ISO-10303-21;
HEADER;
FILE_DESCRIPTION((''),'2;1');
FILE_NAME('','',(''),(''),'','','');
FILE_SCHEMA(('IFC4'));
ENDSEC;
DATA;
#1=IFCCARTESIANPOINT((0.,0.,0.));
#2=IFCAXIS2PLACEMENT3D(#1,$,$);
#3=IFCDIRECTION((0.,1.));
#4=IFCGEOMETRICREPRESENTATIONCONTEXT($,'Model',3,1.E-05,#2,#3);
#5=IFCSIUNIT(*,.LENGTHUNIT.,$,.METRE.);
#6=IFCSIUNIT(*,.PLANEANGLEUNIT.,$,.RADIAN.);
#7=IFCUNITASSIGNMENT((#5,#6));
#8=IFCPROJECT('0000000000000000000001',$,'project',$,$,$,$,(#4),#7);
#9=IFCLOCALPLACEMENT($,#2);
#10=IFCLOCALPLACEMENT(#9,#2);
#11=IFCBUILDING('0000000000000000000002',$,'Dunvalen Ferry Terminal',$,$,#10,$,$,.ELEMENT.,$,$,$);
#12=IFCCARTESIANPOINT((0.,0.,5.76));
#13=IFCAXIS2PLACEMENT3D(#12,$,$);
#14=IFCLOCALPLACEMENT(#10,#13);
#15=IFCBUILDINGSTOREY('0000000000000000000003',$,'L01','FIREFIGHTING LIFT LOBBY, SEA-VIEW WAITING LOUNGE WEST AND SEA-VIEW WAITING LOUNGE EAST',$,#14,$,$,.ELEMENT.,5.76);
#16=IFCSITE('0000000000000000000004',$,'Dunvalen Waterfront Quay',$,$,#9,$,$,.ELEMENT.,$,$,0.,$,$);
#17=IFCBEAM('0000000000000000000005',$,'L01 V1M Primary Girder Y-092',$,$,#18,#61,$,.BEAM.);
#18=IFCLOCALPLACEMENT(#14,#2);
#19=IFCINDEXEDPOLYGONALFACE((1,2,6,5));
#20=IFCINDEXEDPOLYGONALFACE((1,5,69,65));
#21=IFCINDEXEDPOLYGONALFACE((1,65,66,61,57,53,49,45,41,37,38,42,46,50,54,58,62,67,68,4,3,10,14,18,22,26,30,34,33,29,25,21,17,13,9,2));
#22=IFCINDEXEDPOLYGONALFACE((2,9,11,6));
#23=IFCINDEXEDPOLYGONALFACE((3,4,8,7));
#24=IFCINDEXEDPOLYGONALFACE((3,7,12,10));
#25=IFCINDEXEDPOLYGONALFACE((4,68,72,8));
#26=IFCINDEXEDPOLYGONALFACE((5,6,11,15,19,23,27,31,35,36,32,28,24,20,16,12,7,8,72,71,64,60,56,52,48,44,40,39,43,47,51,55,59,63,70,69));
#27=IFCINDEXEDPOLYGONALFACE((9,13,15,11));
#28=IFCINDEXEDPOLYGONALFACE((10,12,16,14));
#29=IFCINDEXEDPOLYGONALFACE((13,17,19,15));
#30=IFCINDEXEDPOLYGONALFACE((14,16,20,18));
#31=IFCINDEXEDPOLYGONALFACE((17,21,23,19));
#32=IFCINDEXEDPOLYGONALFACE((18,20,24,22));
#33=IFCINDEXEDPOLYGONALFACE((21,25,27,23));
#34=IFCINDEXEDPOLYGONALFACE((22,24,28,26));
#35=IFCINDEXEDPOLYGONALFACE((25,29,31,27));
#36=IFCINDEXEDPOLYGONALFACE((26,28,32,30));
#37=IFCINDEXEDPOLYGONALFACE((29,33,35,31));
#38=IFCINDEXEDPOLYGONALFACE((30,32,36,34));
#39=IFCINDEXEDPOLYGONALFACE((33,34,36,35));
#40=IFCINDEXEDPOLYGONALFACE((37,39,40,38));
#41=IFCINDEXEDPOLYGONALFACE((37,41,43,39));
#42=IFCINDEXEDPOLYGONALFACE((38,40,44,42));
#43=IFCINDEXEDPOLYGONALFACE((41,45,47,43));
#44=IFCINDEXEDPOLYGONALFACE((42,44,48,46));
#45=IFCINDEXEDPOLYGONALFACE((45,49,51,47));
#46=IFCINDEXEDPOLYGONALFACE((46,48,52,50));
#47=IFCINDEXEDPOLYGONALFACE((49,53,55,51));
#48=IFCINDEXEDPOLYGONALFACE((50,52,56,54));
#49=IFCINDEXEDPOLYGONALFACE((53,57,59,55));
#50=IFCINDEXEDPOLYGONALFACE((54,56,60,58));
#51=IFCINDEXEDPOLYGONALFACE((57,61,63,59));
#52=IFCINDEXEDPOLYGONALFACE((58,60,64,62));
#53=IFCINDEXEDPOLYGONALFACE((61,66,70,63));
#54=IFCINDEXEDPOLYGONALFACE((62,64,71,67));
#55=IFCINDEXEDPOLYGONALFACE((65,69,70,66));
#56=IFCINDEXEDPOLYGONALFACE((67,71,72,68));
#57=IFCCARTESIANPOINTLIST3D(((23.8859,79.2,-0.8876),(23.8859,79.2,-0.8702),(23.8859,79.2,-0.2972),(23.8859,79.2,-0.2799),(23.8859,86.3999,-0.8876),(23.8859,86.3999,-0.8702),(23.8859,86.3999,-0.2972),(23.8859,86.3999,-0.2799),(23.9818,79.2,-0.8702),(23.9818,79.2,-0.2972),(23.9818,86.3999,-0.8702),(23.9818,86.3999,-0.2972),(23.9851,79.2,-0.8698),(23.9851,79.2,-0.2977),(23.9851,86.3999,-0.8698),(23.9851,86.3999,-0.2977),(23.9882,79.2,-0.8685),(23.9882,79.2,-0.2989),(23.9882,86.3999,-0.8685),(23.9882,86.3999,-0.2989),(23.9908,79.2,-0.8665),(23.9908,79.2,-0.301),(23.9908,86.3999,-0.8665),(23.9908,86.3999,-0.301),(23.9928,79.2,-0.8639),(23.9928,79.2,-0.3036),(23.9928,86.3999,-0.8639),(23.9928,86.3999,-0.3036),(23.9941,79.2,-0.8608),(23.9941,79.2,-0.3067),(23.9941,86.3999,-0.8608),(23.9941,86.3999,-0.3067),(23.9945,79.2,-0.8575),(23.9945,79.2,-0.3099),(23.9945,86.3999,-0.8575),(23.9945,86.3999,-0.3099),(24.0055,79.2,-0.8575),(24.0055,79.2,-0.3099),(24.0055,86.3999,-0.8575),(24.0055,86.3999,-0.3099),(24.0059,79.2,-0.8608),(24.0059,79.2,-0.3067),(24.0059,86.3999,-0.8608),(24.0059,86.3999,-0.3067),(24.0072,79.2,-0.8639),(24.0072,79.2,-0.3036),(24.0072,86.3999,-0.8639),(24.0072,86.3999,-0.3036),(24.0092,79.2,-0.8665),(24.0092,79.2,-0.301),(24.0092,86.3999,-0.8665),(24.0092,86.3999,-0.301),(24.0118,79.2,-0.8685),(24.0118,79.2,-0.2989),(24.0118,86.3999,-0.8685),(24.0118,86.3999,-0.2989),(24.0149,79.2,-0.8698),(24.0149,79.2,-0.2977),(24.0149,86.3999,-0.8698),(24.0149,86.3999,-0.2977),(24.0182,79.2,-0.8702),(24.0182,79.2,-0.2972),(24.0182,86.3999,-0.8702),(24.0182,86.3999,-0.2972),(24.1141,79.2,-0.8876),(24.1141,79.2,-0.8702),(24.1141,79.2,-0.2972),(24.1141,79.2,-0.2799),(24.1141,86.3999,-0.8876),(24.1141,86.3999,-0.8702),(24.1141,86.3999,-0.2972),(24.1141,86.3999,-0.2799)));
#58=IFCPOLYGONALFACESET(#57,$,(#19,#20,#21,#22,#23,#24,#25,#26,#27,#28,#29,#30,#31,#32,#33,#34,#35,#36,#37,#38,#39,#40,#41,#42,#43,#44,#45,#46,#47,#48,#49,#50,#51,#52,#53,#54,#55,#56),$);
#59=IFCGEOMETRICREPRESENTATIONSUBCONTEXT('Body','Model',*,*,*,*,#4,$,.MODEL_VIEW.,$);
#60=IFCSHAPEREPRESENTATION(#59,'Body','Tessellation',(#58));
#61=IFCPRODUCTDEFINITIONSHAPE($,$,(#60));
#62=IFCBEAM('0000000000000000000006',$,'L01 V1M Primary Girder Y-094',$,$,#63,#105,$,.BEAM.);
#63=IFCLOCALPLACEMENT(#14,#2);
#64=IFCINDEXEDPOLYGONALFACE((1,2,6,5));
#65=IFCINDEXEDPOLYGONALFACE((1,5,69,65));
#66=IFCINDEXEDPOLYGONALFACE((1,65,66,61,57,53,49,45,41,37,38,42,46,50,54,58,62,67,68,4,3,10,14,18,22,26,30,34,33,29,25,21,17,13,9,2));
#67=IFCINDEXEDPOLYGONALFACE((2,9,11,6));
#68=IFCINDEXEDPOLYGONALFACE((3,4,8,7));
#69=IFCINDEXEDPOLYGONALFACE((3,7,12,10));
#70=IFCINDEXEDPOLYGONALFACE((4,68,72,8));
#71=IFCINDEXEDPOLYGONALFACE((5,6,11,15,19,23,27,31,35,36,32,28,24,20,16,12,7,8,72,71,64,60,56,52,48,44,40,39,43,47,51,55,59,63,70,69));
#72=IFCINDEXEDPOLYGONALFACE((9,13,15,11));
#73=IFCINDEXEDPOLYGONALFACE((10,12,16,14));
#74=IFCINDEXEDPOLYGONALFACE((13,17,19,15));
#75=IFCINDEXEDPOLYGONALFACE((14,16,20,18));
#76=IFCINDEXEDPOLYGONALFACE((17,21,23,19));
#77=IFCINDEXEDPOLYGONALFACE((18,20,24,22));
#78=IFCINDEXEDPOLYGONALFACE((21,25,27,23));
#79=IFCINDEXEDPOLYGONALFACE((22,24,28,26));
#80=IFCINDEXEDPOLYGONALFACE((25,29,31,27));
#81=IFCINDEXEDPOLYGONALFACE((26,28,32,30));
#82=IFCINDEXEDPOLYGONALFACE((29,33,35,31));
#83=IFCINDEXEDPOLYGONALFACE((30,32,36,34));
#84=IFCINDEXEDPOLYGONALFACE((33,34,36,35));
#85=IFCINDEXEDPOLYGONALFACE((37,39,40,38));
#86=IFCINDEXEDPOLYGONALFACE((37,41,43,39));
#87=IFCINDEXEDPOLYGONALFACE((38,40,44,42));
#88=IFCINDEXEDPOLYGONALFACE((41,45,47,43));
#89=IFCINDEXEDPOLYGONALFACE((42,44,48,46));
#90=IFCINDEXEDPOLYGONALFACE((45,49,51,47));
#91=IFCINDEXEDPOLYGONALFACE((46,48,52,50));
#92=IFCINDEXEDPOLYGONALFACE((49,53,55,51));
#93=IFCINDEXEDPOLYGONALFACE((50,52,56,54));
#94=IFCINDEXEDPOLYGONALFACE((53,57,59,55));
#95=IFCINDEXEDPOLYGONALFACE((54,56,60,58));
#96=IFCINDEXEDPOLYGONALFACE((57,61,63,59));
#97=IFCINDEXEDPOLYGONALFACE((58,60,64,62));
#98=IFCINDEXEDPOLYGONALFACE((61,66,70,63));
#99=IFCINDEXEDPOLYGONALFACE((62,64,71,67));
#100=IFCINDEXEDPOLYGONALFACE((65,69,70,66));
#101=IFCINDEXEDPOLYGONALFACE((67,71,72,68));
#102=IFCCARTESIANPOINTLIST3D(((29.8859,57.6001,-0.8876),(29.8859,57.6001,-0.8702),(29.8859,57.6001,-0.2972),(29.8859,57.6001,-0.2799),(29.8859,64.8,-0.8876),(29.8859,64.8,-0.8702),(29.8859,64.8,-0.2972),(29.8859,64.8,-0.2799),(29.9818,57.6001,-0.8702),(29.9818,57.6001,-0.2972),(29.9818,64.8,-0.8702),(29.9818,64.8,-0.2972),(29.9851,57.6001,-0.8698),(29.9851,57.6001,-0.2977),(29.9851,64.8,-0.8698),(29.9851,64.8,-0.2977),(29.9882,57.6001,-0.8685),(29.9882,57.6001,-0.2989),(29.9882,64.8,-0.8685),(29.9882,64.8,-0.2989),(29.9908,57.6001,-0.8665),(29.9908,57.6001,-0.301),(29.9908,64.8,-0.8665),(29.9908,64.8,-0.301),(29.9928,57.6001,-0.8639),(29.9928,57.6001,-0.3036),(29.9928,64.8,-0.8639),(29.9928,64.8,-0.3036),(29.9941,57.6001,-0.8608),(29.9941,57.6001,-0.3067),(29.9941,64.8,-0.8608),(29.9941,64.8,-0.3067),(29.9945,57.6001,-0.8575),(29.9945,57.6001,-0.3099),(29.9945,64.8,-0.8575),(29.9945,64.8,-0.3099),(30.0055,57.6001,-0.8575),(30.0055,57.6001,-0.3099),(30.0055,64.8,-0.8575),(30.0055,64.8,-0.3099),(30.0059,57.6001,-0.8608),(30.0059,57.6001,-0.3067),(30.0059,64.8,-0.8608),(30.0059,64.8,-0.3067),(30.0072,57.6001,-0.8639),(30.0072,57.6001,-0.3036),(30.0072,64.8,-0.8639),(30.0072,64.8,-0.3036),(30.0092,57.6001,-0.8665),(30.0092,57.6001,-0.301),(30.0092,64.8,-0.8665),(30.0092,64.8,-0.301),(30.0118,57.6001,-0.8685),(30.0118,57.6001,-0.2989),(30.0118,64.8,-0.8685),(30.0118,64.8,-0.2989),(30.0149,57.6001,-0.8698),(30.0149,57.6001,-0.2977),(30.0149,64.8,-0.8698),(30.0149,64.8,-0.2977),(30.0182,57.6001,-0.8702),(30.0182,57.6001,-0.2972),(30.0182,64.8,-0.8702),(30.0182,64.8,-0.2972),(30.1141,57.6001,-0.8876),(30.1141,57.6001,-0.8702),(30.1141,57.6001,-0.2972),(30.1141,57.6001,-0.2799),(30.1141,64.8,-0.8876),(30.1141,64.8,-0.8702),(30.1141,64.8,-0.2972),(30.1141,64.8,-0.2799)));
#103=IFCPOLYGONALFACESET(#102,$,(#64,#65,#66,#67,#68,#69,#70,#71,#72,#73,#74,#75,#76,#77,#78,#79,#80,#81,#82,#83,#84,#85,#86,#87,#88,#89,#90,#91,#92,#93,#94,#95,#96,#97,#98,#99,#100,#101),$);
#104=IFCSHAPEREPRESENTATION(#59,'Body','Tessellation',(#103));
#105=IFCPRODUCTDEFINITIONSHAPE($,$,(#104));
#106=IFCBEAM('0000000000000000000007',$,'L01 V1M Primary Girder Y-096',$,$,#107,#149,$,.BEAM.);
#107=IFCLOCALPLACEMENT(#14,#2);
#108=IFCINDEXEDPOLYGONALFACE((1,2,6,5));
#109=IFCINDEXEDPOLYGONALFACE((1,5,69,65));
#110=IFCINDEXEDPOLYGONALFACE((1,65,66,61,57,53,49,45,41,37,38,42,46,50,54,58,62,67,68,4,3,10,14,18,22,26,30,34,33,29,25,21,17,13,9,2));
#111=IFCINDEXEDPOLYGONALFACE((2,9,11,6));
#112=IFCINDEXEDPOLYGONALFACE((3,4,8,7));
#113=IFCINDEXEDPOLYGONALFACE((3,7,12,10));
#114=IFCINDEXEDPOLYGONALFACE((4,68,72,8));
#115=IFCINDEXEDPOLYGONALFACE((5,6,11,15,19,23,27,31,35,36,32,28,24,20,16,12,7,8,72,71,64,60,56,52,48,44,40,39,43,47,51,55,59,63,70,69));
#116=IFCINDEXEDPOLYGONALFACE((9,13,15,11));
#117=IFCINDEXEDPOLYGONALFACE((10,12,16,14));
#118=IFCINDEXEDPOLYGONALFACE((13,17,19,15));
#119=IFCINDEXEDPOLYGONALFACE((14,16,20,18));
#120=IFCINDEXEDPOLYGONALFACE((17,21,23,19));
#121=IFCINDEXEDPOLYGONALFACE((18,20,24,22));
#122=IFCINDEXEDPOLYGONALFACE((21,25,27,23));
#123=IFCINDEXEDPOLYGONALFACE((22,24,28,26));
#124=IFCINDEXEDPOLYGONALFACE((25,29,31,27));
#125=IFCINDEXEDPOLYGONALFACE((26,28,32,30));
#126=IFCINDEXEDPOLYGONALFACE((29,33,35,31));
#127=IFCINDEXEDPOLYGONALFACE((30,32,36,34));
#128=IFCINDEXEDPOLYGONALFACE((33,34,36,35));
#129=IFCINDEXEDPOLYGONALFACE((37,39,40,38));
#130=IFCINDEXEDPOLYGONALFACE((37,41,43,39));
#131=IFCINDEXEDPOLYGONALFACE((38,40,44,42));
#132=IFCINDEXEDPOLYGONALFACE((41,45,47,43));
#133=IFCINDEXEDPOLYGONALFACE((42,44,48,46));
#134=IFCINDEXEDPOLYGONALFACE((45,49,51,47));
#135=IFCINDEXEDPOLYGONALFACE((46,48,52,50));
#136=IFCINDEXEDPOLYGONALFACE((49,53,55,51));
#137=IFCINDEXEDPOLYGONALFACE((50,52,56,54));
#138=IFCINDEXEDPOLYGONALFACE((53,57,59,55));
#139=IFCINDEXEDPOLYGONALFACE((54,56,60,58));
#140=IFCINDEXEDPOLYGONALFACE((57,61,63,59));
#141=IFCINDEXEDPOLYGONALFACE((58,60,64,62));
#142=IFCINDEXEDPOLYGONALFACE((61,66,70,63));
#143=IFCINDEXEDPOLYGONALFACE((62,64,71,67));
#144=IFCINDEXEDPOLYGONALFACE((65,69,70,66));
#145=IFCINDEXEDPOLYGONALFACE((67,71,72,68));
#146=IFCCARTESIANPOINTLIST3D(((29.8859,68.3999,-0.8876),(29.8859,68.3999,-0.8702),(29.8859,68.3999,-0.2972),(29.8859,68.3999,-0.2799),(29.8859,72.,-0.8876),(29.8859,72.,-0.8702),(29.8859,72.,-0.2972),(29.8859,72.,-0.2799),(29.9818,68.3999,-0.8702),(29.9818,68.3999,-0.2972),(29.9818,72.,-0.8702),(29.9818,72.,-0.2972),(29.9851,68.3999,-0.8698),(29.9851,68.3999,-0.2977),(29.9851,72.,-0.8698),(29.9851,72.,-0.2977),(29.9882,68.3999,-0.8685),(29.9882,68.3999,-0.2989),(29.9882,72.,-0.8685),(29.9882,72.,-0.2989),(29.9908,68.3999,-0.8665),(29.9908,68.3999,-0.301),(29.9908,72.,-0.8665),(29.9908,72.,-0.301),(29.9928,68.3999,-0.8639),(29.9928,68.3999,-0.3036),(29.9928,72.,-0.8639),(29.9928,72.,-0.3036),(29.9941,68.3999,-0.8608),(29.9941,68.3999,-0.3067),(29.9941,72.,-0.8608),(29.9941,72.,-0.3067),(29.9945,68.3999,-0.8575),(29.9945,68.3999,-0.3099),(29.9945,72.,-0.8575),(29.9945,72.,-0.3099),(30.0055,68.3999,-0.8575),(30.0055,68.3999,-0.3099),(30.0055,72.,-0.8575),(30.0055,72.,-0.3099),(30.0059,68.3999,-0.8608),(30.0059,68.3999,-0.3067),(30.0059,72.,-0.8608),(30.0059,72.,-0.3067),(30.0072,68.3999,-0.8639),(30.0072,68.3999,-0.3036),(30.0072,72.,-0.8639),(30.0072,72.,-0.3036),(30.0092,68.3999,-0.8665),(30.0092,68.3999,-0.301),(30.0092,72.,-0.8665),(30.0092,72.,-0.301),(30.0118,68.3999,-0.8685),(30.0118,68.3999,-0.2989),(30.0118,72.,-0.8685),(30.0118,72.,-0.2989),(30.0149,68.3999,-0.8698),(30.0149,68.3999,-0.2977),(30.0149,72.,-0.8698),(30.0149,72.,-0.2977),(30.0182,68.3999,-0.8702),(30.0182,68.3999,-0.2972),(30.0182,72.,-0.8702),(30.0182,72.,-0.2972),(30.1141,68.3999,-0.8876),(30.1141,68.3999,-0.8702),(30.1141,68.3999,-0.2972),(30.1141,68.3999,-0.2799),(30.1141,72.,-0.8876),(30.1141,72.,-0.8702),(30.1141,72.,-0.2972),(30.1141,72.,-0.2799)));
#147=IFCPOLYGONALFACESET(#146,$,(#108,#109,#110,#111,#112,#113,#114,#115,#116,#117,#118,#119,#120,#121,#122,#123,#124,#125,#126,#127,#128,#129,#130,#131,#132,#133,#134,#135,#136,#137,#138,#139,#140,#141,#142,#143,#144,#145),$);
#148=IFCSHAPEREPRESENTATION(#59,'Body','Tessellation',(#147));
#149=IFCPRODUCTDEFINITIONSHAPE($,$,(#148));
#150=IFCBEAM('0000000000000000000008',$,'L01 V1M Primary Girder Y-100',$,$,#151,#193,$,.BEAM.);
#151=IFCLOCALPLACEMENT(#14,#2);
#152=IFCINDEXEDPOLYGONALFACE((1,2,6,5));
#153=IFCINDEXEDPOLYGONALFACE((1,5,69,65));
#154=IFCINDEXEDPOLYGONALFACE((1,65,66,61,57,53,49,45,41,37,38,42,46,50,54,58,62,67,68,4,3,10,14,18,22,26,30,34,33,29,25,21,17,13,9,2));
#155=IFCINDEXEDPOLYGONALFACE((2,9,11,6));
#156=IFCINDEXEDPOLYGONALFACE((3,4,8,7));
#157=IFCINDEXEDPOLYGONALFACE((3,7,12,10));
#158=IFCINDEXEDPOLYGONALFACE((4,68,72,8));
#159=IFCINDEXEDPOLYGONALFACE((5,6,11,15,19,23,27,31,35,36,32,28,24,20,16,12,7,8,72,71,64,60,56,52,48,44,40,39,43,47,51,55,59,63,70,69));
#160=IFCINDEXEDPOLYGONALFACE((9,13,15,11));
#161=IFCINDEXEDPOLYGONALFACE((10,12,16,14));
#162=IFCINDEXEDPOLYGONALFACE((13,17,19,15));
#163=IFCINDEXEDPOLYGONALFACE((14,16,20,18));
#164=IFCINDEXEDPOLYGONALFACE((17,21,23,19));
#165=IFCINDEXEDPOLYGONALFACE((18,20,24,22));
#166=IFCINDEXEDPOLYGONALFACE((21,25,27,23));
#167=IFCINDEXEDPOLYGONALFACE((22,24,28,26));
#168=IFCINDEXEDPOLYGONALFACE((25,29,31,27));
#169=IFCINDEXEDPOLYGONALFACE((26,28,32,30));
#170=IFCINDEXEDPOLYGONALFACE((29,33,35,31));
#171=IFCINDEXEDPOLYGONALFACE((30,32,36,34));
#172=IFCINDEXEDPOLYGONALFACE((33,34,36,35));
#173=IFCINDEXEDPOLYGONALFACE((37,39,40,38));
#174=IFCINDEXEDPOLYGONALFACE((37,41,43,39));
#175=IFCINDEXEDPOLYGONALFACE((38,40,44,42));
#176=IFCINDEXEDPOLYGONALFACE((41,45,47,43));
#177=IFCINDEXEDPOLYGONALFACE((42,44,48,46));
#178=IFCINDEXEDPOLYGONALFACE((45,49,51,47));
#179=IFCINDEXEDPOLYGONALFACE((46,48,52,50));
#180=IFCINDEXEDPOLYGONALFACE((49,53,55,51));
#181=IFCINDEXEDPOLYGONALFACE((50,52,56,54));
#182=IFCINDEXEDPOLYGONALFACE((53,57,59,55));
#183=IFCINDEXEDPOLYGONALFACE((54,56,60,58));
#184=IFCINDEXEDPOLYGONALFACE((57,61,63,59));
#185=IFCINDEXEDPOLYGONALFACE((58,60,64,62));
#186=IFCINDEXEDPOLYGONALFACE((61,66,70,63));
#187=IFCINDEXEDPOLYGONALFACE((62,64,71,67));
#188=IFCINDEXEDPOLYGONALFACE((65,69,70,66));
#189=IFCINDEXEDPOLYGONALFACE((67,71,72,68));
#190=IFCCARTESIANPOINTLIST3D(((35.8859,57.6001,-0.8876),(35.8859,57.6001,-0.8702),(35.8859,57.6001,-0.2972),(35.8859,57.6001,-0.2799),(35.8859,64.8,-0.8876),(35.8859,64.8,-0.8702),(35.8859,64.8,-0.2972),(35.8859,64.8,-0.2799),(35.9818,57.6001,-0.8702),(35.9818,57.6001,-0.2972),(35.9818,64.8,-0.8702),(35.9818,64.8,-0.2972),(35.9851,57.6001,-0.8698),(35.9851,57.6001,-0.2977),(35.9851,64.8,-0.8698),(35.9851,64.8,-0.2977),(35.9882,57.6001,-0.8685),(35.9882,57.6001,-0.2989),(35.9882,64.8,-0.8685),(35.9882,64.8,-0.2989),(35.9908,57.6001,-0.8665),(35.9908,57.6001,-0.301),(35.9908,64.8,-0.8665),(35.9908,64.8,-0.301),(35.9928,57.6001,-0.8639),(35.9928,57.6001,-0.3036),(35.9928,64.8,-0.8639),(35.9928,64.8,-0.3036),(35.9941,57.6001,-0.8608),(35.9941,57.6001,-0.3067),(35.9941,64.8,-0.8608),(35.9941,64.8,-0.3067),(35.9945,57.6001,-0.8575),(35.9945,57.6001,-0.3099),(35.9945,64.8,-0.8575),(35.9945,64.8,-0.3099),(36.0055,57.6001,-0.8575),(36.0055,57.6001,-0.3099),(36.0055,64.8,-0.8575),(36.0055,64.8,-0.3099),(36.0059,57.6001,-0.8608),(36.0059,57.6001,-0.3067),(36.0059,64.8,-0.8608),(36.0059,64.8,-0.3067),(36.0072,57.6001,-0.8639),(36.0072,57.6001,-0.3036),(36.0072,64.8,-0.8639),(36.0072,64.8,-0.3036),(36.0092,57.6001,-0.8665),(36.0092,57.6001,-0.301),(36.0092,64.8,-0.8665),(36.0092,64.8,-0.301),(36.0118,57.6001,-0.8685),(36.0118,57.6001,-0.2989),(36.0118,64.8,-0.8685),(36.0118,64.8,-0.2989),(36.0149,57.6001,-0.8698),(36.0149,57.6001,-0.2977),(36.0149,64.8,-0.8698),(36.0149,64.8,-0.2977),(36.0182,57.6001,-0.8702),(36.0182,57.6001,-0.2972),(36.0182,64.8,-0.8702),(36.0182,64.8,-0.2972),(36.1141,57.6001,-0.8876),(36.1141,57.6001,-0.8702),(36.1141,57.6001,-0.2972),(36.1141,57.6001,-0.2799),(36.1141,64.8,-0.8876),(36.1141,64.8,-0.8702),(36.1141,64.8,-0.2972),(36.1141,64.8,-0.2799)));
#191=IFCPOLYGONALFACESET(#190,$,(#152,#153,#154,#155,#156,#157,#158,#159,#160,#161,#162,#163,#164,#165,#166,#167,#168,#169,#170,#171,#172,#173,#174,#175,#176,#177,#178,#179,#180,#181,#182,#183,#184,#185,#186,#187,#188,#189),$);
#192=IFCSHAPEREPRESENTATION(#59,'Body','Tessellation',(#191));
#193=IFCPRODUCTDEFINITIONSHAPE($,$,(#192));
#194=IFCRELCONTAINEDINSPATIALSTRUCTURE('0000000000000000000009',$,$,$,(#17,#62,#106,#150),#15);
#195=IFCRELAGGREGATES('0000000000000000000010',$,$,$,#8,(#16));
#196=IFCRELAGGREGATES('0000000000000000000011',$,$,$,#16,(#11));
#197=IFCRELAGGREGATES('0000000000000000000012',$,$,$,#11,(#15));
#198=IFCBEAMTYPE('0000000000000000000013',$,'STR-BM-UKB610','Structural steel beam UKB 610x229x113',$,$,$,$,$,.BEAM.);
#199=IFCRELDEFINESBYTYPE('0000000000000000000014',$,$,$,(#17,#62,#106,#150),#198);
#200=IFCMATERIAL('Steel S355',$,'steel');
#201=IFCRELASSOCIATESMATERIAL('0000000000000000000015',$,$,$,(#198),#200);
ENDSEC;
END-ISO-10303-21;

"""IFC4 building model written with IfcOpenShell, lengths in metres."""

from ifc_helpers import new_model, si_unit, direction, frame, origin, origin_2d, place, context, subcontext, project, spatial, i_section, extrude, material, material_profile, profile_set, type_object, element, save


model = new_model("IFC4")

# Units and contexts
model_context = context("Model", 3, precision=1e-05, world=origin(), true_north=direction((0.0, 1.0)))
body_context = subcontext(model_context, "Body", "Model", "MODEL_VIEW")
ifc_project = project(units=[si_unit("LENGTHUNIT", "METRE"), si_unit("PLANEANGLEUNIT", "RADIAN")], contexts=[model_context])

# Site, building, storey
site_placement = place(None, origin())
site = spatial("IfcSite", under=ifc_project, at=site_placement, Name="Dunvalen Waterfront Quay", CompositionType="ELEMENT", RefElevation=0.0)
building_placement = place(site_placement, origin())
building = spatial("IfcBuilding", under=site, at=building_placement, Name="Dunvalen Ferry Terminal", CompositionType="ELEMENT")
storey_placement = place(building_placement, frame((0.0, 0.0, 5.76)))
storey = spatial("IfcBuildingStorey", under=building, at=storey_placement, Name="L01", Description="FIREFIGHTING LIFT LOBBY, SEA-VIEW WAITING LOUNGE WEST AND SEA-VIEW WAITING LOUNGE EAST", CompositionType="ELEMENT", Elevation=5.76)

# Beams
ifc_material_1 = material(Name="Steel S355", Category="steel")
ifc_material_profile_1 = material_profile(ifc_material_1, i_section(OverallWidth=0.2283, OverallDepth=0.6077, WebThickness=0.011, FlangeThickness=0.0173, FilletRadius=0.0127, at=origin_2d()), Name="Steel S355")
ifc_profile_set_1 = profile_set([ifc_material_profile_1], Name="Steel S355")
beam_type_1 = type_object("IfcBeamType", Name="STR-BM-UKB610", Description="Structural steel beam UKB 610x229x113", PredefinedType="BEAM", material=ifc_profile_set_1)
for number, where, z_axis, x_axis, name in (
    (1, (24.0, 79.2, -0.5837), (0.0, 1.0, 0.0), (-1.0, 0.0, 0.0), "L01 V1M Primary Girder Y-092"),
    (2, (30.0, 57.6001, -0.5837), (0.0, 1.0, 0.0), (-1.0, 0.0, 0.0), "L01 V1M Primary Girder Y-094"),
):
    element("IfcBeam", number, at=place(storey_placement, frame(where, z_axis=z_axis, x_axis=x_axis)), inside=storey, type_object=beam_type_1, Name=name, PredefinedType="BEAM", context=body_context, shape_type="SweptSolid", body=[
        extrude(i_section(OverallWidth=0.2283, OverallDepth=0.6077, WebThickness=0.011, FlangeThickness=0.0173, FilletRadius=0.0127, at=origin_2d()), origin(), (0.0, 0.0, 1.0), 7.2),
    ])
beam_1_placement = place(storey_placement, frame((30.0, 68.3999, -0.5837), z_axis=(0.0, 1.0, 0.0), x_axis=(-1.0, 0.0, 0.0)))
element("IfcBeam", 3, at=beam_1_placement, inside=storey, type_object=beam_type_1, Name="L01 V1M Primary Girder Y-096", PredefinedType="BEAM", context=body_context, shape_type="SweptSolid", body=[
    extrude(i_section(OverallWidth=0.2283, OverallDepth=0.6077, WebThickness=0.011, FlangeThickness=0.0173, FilletRadius=0.0127, at=origin_2d()), origin(), (0.0, 0.0, 1.0), 3.6001),
])
for number, where, z_axis, x_axis, name in (
    (4, (36.0, 57.6001, -0.5837), (0.0, 1.0, 0.0), (-1.0, 0.0, 0.0), "L01 V1M Primary Girder Y-100"),
):
    element("IfcBeam", number, at=place(storey_placement, frame(where, z_axis=z_axis, x_axis=x_axis)), inside=storey, type_object=beam_type_1, Name=name, PredefinedType="BEAM", context=body_context, shape_type="SweptSolid", body=[
        extrude(i_section(OverallWidth=0.2283, OverallDepth=0.6077, WebThickness=0.011, FlangeThickness=0.0173, FilletRadius=0.0127, at=origin_2d()), origin(), (0.0, 0.0, 1.0), 7.2),
    ])

save(model, "model.ifc")
